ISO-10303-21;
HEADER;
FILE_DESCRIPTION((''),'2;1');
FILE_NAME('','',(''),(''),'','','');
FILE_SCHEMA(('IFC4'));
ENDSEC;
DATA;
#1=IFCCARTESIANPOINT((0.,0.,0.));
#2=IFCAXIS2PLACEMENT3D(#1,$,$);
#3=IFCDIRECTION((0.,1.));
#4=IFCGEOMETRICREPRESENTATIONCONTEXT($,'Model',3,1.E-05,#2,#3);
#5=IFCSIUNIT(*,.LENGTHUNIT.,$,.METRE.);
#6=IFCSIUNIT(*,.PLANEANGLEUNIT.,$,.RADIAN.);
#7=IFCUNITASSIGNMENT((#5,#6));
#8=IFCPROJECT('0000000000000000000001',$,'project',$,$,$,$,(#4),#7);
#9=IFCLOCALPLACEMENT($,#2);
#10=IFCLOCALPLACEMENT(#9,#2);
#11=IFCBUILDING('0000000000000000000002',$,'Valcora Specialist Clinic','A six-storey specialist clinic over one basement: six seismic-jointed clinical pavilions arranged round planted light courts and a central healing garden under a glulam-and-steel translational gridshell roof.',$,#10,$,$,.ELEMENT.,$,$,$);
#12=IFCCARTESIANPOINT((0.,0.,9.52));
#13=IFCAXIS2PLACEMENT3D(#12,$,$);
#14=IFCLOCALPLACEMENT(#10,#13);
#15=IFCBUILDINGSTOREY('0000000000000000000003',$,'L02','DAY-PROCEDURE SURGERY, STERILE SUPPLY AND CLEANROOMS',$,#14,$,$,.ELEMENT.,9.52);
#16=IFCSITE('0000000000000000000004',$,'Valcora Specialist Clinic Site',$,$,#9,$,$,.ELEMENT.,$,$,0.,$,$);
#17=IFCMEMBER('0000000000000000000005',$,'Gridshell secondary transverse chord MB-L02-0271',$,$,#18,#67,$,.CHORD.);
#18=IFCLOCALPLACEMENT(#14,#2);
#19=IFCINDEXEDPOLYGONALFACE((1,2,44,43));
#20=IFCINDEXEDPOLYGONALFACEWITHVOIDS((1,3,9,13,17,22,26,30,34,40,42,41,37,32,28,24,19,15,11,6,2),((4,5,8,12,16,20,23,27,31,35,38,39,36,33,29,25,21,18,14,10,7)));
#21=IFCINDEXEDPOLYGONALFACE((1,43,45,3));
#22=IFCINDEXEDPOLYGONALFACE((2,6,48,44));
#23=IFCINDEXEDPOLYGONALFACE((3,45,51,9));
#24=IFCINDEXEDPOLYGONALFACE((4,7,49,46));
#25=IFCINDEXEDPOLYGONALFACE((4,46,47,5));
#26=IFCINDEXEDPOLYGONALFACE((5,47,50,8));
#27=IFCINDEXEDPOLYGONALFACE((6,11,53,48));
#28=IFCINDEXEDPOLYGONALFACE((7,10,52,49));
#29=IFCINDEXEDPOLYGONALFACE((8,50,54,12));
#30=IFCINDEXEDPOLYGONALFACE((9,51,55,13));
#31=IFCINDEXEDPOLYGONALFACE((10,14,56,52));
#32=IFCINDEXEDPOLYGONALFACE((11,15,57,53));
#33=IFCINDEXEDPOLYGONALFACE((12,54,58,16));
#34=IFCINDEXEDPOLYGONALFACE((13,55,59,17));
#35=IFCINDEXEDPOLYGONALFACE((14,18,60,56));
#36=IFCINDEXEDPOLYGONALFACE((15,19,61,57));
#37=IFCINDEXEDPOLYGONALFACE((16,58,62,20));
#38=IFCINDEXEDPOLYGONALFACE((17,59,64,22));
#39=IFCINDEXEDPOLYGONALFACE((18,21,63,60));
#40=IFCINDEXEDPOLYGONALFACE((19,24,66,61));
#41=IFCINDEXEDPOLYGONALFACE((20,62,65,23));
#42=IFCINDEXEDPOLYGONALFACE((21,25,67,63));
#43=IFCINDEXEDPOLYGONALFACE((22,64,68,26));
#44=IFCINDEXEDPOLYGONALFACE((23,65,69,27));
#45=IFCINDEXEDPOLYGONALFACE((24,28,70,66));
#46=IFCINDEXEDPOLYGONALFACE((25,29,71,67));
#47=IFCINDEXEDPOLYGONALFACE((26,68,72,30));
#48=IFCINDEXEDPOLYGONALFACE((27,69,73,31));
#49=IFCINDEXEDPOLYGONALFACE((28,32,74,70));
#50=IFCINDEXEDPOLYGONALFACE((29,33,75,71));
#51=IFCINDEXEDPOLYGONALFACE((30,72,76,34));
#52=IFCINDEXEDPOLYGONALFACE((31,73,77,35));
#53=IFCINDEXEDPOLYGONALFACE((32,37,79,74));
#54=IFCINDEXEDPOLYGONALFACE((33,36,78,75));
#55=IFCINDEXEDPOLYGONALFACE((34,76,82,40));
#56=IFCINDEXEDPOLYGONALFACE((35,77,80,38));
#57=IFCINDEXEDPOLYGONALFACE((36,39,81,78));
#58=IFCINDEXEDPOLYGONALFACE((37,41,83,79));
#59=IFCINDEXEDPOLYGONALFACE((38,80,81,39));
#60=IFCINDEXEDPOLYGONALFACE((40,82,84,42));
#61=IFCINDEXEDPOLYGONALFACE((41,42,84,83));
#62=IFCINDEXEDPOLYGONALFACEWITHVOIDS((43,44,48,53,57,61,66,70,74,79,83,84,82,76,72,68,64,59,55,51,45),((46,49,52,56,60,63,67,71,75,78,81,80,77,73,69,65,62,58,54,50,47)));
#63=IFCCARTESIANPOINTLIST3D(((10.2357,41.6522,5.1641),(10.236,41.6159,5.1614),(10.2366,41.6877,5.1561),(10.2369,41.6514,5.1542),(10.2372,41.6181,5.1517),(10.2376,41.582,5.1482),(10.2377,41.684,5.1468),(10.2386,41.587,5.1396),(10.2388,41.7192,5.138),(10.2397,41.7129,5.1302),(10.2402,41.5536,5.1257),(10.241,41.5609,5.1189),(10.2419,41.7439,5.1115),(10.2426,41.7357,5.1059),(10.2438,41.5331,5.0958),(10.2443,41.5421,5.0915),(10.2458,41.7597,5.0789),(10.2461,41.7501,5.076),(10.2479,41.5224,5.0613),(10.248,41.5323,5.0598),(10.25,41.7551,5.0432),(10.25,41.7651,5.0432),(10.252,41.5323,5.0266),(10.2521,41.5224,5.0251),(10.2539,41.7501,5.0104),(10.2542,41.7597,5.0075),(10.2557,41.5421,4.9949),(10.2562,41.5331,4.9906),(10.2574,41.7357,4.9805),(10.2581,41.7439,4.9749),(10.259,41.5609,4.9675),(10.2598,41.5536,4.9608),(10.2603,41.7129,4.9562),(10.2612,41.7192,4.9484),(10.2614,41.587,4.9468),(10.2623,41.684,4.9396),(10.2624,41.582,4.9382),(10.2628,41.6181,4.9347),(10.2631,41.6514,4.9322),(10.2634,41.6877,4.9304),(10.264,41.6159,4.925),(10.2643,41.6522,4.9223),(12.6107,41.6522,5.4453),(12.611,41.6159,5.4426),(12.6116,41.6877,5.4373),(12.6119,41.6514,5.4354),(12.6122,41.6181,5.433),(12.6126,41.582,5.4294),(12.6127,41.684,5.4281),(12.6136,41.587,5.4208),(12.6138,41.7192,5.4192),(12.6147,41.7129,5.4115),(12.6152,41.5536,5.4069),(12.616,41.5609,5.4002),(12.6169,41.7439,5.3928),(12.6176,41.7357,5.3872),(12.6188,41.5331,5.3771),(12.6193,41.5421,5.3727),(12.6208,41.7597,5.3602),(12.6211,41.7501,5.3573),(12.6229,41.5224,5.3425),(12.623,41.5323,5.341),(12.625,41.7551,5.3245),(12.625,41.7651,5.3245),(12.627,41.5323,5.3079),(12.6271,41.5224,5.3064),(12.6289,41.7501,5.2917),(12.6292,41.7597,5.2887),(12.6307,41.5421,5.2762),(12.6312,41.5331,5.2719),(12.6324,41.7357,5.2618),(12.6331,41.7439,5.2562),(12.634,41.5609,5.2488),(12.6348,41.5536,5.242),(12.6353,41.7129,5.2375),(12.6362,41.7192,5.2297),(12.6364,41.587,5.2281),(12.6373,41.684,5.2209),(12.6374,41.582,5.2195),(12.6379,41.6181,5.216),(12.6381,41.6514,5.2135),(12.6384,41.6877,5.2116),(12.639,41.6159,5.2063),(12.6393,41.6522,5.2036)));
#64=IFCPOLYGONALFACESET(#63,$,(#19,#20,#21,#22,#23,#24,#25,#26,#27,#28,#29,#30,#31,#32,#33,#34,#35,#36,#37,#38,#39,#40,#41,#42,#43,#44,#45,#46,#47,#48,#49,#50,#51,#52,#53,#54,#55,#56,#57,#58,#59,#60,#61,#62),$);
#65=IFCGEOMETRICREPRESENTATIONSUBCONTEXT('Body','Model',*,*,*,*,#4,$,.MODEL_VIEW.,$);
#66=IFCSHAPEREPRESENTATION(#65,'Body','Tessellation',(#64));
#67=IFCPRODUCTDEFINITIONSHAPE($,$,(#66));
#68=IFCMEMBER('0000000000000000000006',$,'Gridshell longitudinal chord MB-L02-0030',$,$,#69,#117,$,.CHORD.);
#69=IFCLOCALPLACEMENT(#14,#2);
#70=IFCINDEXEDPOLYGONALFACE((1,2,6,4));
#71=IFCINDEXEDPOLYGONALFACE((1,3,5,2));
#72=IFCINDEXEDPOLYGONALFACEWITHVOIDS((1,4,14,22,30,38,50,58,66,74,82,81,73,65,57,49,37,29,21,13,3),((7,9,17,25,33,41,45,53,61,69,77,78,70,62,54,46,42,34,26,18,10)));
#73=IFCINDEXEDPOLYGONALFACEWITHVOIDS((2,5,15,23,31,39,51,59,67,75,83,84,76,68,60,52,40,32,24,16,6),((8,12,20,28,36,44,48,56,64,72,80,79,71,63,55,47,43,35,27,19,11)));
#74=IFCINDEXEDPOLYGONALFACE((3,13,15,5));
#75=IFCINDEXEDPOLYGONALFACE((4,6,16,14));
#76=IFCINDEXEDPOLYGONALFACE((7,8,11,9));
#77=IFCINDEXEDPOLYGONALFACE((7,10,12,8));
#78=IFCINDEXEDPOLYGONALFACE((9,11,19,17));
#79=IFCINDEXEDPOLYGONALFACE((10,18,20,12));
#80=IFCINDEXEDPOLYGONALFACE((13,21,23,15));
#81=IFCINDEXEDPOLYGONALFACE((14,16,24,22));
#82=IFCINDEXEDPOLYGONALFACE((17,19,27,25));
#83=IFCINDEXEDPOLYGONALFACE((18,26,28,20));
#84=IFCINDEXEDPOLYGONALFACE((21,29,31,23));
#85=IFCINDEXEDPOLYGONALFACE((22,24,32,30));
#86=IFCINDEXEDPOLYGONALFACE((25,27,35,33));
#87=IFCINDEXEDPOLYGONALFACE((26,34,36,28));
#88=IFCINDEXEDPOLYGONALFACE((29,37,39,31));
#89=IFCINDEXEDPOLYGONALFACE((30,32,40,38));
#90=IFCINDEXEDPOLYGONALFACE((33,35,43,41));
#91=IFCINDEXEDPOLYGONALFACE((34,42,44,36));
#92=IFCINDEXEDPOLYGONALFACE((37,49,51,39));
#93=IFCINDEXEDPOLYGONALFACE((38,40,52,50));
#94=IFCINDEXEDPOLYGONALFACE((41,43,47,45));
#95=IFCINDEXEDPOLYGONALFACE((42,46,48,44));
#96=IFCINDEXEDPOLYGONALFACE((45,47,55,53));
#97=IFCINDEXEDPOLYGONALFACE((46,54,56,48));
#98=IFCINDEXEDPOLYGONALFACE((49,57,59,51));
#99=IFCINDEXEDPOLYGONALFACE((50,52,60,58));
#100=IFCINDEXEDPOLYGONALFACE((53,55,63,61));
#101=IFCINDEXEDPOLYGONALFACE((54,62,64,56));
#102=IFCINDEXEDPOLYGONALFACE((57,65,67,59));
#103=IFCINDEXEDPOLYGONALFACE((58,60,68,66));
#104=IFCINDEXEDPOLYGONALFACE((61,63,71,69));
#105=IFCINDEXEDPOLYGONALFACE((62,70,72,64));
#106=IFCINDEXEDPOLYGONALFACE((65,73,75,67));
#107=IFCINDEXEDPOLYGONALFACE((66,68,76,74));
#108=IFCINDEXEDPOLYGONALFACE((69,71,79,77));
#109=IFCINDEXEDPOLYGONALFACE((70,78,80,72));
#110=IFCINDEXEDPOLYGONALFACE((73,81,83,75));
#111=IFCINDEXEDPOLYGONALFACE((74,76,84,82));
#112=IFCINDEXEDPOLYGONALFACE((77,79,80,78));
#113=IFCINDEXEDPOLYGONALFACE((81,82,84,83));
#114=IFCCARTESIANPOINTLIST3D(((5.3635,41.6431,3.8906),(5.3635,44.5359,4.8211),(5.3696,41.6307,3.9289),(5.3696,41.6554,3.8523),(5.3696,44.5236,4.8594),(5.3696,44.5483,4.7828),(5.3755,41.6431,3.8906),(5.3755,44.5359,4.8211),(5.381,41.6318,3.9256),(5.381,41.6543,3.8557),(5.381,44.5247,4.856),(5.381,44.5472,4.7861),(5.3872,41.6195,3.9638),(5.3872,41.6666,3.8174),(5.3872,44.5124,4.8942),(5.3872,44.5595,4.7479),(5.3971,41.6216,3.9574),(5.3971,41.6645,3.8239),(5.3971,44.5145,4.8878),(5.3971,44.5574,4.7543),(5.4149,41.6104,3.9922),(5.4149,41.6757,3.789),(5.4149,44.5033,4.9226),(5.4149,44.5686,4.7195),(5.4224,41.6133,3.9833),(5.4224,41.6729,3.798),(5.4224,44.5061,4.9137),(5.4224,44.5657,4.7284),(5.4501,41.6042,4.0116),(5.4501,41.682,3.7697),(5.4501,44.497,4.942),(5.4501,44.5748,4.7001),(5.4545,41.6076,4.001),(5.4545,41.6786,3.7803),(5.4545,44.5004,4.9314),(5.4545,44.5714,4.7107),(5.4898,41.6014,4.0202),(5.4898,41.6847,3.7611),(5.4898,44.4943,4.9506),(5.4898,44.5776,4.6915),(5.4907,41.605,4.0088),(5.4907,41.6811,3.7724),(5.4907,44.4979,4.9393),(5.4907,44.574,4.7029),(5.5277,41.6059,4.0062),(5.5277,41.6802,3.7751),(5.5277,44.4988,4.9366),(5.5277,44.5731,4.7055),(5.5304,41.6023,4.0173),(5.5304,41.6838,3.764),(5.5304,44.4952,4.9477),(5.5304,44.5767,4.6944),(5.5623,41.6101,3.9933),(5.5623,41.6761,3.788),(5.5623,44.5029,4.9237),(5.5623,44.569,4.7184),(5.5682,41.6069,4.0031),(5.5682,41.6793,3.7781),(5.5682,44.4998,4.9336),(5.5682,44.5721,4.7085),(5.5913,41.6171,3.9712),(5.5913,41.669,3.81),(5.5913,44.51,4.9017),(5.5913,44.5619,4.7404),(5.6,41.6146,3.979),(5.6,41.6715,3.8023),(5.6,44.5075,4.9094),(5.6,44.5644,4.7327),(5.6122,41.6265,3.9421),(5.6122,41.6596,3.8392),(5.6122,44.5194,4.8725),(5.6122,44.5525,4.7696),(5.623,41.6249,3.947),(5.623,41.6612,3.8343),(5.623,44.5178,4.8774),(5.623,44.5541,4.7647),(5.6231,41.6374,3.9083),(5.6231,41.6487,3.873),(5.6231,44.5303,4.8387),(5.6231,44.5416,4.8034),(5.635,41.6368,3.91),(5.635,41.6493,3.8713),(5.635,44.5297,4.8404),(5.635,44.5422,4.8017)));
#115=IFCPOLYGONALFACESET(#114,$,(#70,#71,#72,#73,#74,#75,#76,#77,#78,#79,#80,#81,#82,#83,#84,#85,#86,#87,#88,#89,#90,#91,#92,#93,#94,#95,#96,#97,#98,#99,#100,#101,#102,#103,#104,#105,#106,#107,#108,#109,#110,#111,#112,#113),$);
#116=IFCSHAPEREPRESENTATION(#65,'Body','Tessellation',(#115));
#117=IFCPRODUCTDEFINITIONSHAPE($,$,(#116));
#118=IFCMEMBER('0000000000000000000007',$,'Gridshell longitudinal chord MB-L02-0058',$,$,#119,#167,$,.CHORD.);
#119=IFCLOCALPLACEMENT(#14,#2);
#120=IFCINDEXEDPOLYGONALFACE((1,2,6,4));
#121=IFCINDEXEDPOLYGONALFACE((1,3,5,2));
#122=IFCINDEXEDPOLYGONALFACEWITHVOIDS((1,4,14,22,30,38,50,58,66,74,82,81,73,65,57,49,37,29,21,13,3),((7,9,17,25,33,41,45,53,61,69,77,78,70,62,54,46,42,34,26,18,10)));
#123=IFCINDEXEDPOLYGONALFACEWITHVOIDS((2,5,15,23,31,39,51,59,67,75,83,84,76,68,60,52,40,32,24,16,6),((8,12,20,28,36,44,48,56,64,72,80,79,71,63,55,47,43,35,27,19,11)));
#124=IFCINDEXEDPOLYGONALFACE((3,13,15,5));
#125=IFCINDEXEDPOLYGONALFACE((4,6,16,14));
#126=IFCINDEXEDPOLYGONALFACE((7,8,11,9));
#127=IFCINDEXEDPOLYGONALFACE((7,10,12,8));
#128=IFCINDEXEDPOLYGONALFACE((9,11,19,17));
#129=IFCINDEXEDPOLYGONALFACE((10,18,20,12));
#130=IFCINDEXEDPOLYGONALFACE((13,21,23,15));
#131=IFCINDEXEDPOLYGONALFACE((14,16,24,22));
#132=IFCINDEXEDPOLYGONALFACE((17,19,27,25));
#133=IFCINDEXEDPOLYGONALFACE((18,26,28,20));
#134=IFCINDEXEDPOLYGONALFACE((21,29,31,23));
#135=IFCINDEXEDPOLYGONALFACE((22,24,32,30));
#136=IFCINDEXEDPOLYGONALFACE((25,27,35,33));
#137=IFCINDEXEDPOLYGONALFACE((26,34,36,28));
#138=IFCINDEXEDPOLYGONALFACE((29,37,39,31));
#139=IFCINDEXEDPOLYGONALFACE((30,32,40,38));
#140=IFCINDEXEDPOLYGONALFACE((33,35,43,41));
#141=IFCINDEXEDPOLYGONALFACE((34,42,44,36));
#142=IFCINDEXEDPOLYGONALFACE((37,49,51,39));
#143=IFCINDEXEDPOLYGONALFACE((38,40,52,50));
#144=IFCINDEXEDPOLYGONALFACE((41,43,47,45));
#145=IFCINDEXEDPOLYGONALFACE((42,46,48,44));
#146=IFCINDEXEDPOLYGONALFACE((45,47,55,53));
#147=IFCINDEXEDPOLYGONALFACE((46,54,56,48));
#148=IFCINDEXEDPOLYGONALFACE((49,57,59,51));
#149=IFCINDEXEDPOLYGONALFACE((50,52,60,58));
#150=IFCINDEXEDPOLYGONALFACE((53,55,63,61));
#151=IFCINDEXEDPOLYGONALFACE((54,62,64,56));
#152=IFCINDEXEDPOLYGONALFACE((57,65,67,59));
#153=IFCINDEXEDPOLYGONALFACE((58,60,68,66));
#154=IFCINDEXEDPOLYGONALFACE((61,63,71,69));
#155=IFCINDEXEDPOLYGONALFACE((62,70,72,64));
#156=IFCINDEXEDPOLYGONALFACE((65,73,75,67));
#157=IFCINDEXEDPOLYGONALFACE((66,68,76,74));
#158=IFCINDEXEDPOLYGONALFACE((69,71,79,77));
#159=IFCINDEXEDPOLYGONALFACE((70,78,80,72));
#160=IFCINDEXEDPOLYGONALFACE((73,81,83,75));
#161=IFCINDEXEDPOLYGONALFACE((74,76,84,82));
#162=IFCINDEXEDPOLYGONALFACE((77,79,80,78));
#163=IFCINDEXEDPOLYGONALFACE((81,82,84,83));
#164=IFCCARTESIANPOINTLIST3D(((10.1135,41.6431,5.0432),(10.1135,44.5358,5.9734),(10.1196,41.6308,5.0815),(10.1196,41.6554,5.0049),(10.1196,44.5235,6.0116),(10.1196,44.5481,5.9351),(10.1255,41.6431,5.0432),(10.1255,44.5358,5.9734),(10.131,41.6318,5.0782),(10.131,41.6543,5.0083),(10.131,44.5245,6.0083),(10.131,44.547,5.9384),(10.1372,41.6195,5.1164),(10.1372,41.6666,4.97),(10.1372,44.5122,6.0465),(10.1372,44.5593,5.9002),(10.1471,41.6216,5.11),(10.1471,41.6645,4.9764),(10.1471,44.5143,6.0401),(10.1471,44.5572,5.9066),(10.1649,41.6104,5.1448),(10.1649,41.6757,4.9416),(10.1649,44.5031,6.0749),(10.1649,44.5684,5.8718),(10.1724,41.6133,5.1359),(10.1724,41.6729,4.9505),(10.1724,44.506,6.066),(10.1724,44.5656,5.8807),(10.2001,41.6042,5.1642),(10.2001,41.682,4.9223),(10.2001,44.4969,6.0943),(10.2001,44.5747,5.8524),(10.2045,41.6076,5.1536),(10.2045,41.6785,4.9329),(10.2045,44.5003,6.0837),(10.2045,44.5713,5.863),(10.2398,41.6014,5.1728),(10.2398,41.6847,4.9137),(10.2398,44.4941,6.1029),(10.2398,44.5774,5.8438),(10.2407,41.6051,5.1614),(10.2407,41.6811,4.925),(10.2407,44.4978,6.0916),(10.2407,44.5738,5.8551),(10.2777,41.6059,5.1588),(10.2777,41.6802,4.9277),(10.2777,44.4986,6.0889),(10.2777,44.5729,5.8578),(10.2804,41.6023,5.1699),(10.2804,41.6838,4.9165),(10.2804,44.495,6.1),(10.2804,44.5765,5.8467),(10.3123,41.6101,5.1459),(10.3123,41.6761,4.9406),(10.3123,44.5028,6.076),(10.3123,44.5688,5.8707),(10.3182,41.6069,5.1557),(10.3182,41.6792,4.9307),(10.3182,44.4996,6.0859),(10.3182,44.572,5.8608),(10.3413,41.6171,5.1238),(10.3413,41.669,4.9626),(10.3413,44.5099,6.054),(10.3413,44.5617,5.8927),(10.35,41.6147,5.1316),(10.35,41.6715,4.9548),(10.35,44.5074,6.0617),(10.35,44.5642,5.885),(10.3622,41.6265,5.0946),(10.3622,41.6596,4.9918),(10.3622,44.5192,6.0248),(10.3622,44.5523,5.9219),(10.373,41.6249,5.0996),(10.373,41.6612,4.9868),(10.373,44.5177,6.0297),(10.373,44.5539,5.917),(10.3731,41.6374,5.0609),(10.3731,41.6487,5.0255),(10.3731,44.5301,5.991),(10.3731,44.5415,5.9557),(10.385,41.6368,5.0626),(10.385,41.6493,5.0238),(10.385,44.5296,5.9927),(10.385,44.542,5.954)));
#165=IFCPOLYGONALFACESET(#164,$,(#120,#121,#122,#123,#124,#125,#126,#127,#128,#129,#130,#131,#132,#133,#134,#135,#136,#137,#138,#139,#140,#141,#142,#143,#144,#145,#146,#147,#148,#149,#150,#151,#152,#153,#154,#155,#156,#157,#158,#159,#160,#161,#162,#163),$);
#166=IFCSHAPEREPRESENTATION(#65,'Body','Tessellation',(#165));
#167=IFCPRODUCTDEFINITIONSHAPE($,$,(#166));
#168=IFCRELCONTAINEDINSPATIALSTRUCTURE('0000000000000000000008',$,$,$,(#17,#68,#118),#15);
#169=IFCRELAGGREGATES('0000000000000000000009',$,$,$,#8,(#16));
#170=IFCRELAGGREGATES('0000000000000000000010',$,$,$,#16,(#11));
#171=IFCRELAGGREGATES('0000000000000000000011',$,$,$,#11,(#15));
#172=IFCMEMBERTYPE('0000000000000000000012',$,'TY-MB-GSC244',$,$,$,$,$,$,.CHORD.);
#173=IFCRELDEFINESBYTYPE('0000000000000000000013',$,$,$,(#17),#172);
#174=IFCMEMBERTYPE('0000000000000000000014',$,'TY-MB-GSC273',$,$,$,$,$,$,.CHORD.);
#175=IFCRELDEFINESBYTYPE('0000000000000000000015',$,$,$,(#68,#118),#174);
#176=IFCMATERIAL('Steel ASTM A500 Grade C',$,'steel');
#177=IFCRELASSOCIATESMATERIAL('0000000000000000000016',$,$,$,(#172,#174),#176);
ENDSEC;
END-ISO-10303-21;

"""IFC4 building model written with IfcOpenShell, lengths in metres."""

from ifc_helpers import new_model, si_unit, direction, frame, origin, origin_2d, place, context, subcontext, project, spatial, hollow_circle, extrude, material, material_profile, profile_set, type_object, element, save


model = new_model("IFC4")

# Units and contexts
model_context = context("Model", 3, precision=1e-05, world=origin(), true_north=direction((0.0, 1.0)))
body_context = subcontext(model_context, "Body", "Model", "MODEL_VIEW")
ifc_project = project(units=[si_unit("LENGTHUNIT", "METRE"), si_unit("PLANEANGLEUNIT", "RADIAN")], contexts=[model_context])

# Site, building, storey
site_placement = place(None, origin())
site = spatial("IfcSite", under=ifc_project, at=site_placement, Name="Valcora Specialist Clinic Site", CompositionType="ELEMENT", RefElevation=0.0)
building_placement = place(site_placement, origin())
building = spatial("IfcBuilding", under=site, at=building_placement, Name="Valcora Specialist Clinic", Description="A six-storey specialist clinic over one basement: six seismic-jointed clinical pavilions arranged round planted light courts and a central healing garden under a glulam-and-steel translational gridshell roof.", CompositionType="ELEMENT")
storey_placement = place(building_placement, frame((0.0, 0.0, 9.52)))
storey = spatial("IfcBuildingStorey", under=building, at=storey_placement, Name="L02", Description="DAY-PROCEDURE SURGERY, STERILE SUPPLY AND CLEANROOMS", CompositionType="ELEMENT", Elevation=9.52)

# Members
ifc_material_1 = material(Name="Steel ASTM A500 Grade C", Category="steel")
ifc_material_profile_1 = material_profile(ifc_material_1, hollow_circle(Radius=0.1221, WallThickness=0.01, at=origin_2d()), Name="ST-CHS-244X10")
ifc_profile_set_1 = profile_set([ifc_material_profile_1], Name="Steel ASTM A500 Grade C")
member_type_1 = type_object("IfcMemberType", Name="TY-MB-GSC244", PredefinedType="CHORD", material=ifc_profile_set_1)
member_1_placement = place(storey_placement, frame((10.25, 41.6431, 5.0432), z_axis=(0.993061, 0.0, 0.117599), x_axis=(0.0, 1.0, 0.0)))
element("IfcMember", 1, at=member_1_placement, inside=storey, type_object=member_type_1, Name="Gridshell secondary transverse chord MB-L02-0271", PredefinedType="CHORD", context=body_context, shape_type="SweptSolid", body=[
    extrude(hollow_circle(Radius=0.1221, WallThickness=0.01, at=origin_2d()), origin(), (0.0, 0.0, 1.0), 2.3916),
])
ifc_material_profile_2 = material_profile(ifc_material_1, hollow_circle(Radius=0.1365, WallThickness=0.012, at=origin_2d()), Name="ST-CHS-273X12")
ifc_profile_set_2 = profile_set([ifc_material_profile_2], Name="Steel ASTM A500 Grade C")
member_type_2 = type_object("IfcMemberType", Name="TY-MB-GSC273", PredefinedType="CHORD", material=ifc_profile_set_2)
member_2_placement = place(storey_placement, frame((5.5, 41.6431, 3.8906), z_axis=(0.0, 0.951973, 0.306183), x_axis=(-1.0, 0.0, 0.0)))
element("IfcMember", 2, at=member_2_placement, inside=storey, type_object=member_type_2, Name="Gridshell longitudinal chord MB-L02-0030", PredefinedType="CHORD", context=body_context, shape_type="SweptSolid", body=[
    extrude(hollow_circle(Radius=0.1365, WallThickness=0.012, at=origin_2d()), origin(), (0.0, 0.0, 1.0), 3.0388),
])
member_3_placement = place(storey_placement, frame((10.25, 41.6431, 5.0432), z_axis=(0.0, 0.951996, 0.306111), x_axis=(-1.0, 0.0, 0.0)))
element("IfcMember", 3, at=member_3_placement, inside=storey, type_object=member_type_2, Name="Gridshell longitudinal chord MB-L02-0058", PredefinedType="CHORD", context=body_context, shape_type="SweptSolid", body=[
    extrude(hollow_circle(Radius=0.1365, WallThickness=0.012, at=origin_2d()), origin(), (0.0, 0.0, 1.0), 3.0386),
])

save(model, "model.ifc")
